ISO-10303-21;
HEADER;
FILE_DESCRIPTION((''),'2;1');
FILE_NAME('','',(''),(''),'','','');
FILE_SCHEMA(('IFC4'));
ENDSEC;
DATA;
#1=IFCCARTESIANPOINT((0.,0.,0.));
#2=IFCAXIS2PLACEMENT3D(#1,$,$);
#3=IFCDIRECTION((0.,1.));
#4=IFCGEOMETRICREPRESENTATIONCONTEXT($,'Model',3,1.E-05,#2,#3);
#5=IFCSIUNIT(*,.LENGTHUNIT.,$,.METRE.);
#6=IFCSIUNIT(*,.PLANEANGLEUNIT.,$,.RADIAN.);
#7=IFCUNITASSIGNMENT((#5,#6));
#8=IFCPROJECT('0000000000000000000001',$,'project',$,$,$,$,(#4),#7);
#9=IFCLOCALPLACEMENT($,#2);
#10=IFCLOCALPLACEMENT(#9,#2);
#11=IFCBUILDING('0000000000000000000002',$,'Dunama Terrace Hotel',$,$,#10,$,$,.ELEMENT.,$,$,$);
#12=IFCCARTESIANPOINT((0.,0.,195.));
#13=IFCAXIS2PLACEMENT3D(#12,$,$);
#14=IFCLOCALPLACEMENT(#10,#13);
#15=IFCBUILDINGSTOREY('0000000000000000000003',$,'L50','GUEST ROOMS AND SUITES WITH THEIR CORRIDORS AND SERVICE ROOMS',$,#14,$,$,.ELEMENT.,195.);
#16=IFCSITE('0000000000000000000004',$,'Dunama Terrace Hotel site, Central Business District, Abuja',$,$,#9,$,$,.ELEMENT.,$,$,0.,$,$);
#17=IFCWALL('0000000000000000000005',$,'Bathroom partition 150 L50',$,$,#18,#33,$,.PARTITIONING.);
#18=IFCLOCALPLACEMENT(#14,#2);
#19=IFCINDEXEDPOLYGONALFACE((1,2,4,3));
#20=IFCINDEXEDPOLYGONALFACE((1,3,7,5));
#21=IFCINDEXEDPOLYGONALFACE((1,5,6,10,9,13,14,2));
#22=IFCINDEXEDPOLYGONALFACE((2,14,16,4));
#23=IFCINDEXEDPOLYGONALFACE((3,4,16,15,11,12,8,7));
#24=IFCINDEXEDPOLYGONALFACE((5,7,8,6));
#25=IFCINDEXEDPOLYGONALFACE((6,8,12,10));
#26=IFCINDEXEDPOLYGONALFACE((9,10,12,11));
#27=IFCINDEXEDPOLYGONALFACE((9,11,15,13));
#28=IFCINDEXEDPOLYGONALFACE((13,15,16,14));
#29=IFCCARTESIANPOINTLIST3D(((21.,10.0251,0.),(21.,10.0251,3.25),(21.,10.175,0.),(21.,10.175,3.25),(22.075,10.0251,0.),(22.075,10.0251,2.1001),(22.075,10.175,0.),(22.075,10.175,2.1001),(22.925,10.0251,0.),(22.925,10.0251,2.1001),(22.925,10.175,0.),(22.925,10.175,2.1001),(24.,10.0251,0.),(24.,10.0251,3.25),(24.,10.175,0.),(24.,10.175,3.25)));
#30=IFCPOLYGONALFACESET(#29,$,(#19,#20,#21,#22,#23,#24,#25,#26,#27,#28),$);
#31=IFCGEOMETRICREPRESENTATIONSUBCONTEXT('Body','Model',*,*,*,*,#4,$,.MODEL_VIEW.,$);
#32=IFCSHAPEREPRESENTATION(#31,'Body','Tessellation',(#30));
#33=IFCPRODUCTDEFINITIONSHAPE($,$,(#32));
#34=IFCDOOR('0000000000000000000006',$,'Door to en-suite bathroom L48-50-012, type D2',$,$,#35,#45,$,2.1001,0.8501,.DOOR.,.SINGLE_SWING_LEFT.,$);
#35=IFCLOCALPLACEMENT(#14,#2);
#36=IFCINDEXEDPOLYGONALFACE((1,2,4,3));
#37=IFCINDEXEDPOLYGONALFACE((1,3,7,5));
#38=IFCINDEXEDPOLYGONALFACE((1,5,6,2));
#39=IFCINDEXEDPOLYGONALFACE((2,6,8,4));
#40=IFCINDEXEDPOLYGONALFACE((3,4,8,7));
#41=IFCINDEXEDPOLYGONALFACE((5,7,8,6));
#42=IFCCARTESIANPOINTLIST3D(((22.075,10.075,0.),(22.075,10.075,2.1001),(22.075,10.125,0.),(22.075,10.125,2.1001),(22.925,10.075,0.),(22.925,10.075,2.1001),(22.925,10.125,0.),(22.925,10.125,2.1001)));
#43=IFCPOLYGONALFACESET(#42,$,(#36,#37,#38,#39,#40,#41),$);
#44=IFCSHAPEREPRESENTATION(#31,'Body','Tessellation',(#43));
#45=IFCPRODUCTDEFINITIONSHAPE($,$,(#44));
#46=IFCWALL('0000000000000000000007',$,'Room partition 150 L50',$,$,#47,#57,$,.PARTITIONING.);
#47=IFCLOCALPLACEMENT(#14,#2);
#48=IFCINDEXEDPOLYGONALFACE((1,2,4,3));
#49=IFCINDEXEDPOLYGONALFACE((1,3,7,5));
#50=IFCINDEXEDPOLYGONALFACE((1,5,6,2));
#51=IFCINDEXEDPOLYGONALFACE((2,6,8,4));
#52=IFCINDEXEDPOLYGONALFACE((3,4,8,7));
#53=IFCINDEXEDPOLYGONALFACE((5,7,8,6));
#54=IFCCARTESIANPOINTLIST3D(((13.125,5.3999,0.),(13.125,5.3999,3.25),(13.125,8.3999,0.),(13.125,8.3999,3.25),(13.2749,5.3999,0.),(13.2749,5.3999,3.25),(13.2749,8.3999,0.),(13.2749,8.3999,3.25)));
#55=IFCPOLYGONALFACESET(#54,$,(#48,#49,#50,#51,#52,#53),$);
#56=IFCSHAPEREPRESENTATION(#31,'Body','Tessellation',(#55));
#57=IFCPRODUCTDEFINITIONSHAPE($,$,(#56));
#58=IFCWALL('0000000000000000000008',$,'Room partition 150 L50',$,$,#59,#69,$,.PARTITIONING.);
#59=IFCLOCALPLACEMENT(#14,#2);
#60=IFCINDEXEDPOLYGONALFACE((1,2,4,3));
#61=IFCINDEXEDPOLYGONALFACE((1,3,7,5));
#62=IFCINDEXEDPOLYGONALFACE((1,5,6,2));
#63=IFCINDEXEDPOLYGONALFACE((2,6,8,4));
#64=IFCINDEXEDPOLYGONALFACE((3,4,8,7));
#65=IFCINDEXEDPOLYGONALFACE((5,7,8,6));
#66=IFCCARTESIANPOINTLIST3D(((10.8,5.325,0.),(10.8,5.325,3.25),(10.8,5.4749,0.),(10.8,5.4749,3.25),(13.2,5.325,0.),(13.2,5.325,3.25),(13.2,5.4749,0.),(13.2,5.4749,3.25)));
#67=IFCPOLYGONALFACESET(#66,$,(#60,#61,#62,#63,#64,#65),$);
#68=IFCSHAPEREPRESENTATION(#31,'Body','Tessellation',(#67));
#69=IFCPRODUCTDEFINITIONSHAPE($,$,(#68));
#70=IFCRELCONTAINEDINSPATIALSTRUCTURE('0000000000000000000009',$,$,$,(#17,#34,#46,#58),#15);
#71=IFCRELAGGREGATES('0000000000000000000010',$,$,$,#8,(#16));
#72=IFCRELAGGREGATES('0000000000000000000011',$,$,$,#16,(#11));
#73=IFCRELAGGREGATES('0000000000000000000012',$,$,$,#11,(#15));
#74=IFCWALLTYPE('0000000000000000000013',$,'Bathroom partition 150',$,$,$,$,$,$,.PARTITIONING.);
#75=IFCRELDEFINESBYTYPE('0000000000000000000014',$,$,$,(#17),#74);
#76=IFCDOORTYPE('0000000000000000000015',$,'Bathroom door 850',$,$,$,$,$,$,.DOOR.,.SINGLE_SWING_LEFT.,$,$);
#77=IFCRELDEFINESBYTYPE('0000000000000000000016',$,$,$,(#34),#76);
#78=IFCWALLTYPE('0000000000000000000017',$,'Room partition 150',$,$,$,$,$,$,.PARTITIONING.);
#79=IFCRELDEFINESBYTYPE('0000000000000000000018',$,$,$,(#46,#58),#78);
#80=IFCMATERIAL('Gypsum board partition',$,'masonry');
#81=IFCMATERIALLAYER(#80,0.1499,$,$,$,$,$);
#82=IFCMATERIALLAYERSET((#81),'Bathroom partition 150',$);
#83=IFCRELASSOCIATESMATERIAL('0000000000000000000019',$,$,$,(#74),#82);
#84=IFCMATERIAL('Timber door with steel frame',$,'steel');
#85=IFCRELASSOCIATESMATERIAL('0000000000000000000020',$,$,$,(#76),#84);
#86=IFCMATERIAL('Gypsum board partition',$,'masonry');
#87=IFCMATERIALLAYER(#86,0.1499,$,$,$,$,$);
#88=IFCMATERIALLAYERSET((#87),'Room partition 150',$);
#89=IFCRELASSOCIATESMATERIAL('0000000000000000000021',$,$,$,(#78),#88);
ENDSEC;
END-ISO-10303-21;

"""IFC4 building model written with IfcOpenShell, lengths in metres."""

from ifc_helpers import new_model, si_unit, direction, frame, frame_2d, origin, place, context, subcontext, project, spatial, rectangle, extrude, material, layer, layer_set, type_object, element, fill, save


model = new_model("IFC4")

# Units and contexts
model_context = context("Model", 3, precision=1e-05, world=origin(), true_north=direction((0.0, 1.0)))
body_context = subcontext(model_context, "Body", "Model", "MODEL_VIEW")
ifc_project = project(units=[si_unit("LENGTHUNIT", "METRE"), si_unit("PLANEANGLEUNIT", "RADIAN")], contexts=[model_context])

# Site, building, storey
site_placement = place(None, origin())
site = spatial("IfcSite", under=ifc_project, at=site_placement, Name="Dunama Terrace Hotel site, Central Business District, Abuja", CompositionType="ELEMENT", RefElevation=0.0)
building_placement = place(site_placement, origin())
building = spatial("IfcBuilding", under=site, at=building_placement, Name="Dunama Terrace Hotel", CompositionType="ELEMENT")
storey_placement = place(building_placement, frame((0.0, 0.0, 195.0)))
storey = spatial("IfcBuildingStorey", under=building, at=storey_placement, Name="L50", Description="GUEST ROOMS AND SUITES WITH THEIR CORRIDORS AND SERVICE ROOMS", CompositionType="ELEMENT", Elevation=195.0)

# Shared definitions
ifc_material_1 = material(Name="Gypsum board partition", Category="masonry")
ifc_layer_1 = layer(ifc_material_1, 0.1499)
ifc_layer_set_1 = layer_set([ifc_layer_1], Name="Bathroom partition 150")
wall_type_1 = type_object("IfcWallType", Name="Bathroom partition 150", PredefinedType="PARTITIONING", material=ifc_layer_set_1)
ifc_material_2 = material(Name="Timber door with steel frame", Category="steel")
door_type = type_object("IfcDoorType", Name="Bathroom door 850", OperationType="SINGLE_SWING_LEFT", PredefinedType="DOOR", material=ifc_material_2)

# Wall, opening, door
wall_1_placement = place(storey_placement, frame((21.0, 10.1001, 0.0), z_axis=(0.0, 0.0, 1.0), x_axis=(1.0, 0.0, 0.0)))
wall_1 = element("IfcWall", 1, at=wall_1_placement, inside=storey, type_object=wall_type_1, Name="Bathroom partition 150 L50", PredefinedType="PARTITIONING", context=body_context, shape_type="SweptSolid", body=[
    extrude(rectangle(XDim=3.0, YDim=0.1499, at=frame_2d((1.5, 0.0))), origin(), (0.0, 0.0, 1.0), 3.25),
])
opening_1_placement = place(wall_1_placement, frame((1.075, 0.0, 0.0)))
opening_1 = element("IfcOpeningElement", 2, at=opening_1_placement, cuts=wall_1, PredefinedType="OPENING", context=body_context, shape_type="SweptSolid", body=[
    extrude(rectangle(XDim=0.8501, YDim=2.1001, at=frame_2d((0.425, 1.05))), frame((0.0, 0.085, 0.0), z_axis=(0.0, -1.0, 0.0), x_axis=(1.0, 0.0, 0.0)), (0.0, 0.0, 1.0), 0.1699),
])
door_1_placement = place(opening_1_placement, origin())
door_1 = element("IfcDoor", 3, at=door_1_placement, inside=storey, type_object=door_type, Name="Door to en-suite bathroom L48-50-012, type D2", OperationType="SINGLE_SWING_LEFT", OverallHeight=2.1001, OverallWidth=0.8501, PredefinedType="DOOR", context=body_context, shape_type="SweptSolid", body=[
    extrude(rectangle(XDim=0.8501, YDim=2.1001, at=frame_2d((0.425, 1.05))), frame((0.0, 0.0249, 0.0), z_axis=(0.0, -1.0, 0.0), x_axis=(1.0, 0.0, 0.0)), (0.0, 0.0, 1.0), 0.05),
])
fill(opening_1, door_1)

# Walls
ifc_material_3 = material(Name="Gypsum board partition", Category="masonry")
ifc_layer_2 = layer(ifc_material_3, 0.1499)
ifc_layer_set_2 = layer_set([ifc_layer_2], Name="Room partition 150")
wall_type_2 = type_object("IfcWallType", Name="Room partition 150", PredefinedType="PARTITIONING", material=ifc_layer_set_2)
wall_2_placement = place(storey_placement, frame((13.2, 5.3999, 0.0), z_axis=(0.0, 0.0, 1.0), x_axis=(0.0, 1.0, 0.0)))
element("IfcWall", 4, at=wall_2_placement, inside=storey, type_object=wall_type_2, Name="Room partition 150 L50", PredefinedType="PARTITIONING", context=body_context, shape_type="SweptSolid", body=[
    extrude(rectangle(XDim=3.0, YDim=0.1499, at=frame_2d((1.5, 0.0))), origin(), (0.0, 0.0, 1.0), 3.25),
])
wall_3_placement = place(storey_placement, frame((10.8, 5.3999, 0.0), z_axis=(0.0, 0.0, 1.0), x_axis=(1.0, 0.0, 0.0)))
element("IfcWall", 5, at=wall_3_placement, inside=storey, type_object=wall_type_2, Name="Room partition 150 L50", PredefinedType="PARTITIONING", context=body_context, shape_type="SweptSolid", body=[
    extrude(rectangle(XDim=2.3999, YDim=0.1499, at=frame_2d((1.2, 0.0))), origin(), (0.0, 0.0, 1.0), 3.25),
])

save(model, "model.ifc")
